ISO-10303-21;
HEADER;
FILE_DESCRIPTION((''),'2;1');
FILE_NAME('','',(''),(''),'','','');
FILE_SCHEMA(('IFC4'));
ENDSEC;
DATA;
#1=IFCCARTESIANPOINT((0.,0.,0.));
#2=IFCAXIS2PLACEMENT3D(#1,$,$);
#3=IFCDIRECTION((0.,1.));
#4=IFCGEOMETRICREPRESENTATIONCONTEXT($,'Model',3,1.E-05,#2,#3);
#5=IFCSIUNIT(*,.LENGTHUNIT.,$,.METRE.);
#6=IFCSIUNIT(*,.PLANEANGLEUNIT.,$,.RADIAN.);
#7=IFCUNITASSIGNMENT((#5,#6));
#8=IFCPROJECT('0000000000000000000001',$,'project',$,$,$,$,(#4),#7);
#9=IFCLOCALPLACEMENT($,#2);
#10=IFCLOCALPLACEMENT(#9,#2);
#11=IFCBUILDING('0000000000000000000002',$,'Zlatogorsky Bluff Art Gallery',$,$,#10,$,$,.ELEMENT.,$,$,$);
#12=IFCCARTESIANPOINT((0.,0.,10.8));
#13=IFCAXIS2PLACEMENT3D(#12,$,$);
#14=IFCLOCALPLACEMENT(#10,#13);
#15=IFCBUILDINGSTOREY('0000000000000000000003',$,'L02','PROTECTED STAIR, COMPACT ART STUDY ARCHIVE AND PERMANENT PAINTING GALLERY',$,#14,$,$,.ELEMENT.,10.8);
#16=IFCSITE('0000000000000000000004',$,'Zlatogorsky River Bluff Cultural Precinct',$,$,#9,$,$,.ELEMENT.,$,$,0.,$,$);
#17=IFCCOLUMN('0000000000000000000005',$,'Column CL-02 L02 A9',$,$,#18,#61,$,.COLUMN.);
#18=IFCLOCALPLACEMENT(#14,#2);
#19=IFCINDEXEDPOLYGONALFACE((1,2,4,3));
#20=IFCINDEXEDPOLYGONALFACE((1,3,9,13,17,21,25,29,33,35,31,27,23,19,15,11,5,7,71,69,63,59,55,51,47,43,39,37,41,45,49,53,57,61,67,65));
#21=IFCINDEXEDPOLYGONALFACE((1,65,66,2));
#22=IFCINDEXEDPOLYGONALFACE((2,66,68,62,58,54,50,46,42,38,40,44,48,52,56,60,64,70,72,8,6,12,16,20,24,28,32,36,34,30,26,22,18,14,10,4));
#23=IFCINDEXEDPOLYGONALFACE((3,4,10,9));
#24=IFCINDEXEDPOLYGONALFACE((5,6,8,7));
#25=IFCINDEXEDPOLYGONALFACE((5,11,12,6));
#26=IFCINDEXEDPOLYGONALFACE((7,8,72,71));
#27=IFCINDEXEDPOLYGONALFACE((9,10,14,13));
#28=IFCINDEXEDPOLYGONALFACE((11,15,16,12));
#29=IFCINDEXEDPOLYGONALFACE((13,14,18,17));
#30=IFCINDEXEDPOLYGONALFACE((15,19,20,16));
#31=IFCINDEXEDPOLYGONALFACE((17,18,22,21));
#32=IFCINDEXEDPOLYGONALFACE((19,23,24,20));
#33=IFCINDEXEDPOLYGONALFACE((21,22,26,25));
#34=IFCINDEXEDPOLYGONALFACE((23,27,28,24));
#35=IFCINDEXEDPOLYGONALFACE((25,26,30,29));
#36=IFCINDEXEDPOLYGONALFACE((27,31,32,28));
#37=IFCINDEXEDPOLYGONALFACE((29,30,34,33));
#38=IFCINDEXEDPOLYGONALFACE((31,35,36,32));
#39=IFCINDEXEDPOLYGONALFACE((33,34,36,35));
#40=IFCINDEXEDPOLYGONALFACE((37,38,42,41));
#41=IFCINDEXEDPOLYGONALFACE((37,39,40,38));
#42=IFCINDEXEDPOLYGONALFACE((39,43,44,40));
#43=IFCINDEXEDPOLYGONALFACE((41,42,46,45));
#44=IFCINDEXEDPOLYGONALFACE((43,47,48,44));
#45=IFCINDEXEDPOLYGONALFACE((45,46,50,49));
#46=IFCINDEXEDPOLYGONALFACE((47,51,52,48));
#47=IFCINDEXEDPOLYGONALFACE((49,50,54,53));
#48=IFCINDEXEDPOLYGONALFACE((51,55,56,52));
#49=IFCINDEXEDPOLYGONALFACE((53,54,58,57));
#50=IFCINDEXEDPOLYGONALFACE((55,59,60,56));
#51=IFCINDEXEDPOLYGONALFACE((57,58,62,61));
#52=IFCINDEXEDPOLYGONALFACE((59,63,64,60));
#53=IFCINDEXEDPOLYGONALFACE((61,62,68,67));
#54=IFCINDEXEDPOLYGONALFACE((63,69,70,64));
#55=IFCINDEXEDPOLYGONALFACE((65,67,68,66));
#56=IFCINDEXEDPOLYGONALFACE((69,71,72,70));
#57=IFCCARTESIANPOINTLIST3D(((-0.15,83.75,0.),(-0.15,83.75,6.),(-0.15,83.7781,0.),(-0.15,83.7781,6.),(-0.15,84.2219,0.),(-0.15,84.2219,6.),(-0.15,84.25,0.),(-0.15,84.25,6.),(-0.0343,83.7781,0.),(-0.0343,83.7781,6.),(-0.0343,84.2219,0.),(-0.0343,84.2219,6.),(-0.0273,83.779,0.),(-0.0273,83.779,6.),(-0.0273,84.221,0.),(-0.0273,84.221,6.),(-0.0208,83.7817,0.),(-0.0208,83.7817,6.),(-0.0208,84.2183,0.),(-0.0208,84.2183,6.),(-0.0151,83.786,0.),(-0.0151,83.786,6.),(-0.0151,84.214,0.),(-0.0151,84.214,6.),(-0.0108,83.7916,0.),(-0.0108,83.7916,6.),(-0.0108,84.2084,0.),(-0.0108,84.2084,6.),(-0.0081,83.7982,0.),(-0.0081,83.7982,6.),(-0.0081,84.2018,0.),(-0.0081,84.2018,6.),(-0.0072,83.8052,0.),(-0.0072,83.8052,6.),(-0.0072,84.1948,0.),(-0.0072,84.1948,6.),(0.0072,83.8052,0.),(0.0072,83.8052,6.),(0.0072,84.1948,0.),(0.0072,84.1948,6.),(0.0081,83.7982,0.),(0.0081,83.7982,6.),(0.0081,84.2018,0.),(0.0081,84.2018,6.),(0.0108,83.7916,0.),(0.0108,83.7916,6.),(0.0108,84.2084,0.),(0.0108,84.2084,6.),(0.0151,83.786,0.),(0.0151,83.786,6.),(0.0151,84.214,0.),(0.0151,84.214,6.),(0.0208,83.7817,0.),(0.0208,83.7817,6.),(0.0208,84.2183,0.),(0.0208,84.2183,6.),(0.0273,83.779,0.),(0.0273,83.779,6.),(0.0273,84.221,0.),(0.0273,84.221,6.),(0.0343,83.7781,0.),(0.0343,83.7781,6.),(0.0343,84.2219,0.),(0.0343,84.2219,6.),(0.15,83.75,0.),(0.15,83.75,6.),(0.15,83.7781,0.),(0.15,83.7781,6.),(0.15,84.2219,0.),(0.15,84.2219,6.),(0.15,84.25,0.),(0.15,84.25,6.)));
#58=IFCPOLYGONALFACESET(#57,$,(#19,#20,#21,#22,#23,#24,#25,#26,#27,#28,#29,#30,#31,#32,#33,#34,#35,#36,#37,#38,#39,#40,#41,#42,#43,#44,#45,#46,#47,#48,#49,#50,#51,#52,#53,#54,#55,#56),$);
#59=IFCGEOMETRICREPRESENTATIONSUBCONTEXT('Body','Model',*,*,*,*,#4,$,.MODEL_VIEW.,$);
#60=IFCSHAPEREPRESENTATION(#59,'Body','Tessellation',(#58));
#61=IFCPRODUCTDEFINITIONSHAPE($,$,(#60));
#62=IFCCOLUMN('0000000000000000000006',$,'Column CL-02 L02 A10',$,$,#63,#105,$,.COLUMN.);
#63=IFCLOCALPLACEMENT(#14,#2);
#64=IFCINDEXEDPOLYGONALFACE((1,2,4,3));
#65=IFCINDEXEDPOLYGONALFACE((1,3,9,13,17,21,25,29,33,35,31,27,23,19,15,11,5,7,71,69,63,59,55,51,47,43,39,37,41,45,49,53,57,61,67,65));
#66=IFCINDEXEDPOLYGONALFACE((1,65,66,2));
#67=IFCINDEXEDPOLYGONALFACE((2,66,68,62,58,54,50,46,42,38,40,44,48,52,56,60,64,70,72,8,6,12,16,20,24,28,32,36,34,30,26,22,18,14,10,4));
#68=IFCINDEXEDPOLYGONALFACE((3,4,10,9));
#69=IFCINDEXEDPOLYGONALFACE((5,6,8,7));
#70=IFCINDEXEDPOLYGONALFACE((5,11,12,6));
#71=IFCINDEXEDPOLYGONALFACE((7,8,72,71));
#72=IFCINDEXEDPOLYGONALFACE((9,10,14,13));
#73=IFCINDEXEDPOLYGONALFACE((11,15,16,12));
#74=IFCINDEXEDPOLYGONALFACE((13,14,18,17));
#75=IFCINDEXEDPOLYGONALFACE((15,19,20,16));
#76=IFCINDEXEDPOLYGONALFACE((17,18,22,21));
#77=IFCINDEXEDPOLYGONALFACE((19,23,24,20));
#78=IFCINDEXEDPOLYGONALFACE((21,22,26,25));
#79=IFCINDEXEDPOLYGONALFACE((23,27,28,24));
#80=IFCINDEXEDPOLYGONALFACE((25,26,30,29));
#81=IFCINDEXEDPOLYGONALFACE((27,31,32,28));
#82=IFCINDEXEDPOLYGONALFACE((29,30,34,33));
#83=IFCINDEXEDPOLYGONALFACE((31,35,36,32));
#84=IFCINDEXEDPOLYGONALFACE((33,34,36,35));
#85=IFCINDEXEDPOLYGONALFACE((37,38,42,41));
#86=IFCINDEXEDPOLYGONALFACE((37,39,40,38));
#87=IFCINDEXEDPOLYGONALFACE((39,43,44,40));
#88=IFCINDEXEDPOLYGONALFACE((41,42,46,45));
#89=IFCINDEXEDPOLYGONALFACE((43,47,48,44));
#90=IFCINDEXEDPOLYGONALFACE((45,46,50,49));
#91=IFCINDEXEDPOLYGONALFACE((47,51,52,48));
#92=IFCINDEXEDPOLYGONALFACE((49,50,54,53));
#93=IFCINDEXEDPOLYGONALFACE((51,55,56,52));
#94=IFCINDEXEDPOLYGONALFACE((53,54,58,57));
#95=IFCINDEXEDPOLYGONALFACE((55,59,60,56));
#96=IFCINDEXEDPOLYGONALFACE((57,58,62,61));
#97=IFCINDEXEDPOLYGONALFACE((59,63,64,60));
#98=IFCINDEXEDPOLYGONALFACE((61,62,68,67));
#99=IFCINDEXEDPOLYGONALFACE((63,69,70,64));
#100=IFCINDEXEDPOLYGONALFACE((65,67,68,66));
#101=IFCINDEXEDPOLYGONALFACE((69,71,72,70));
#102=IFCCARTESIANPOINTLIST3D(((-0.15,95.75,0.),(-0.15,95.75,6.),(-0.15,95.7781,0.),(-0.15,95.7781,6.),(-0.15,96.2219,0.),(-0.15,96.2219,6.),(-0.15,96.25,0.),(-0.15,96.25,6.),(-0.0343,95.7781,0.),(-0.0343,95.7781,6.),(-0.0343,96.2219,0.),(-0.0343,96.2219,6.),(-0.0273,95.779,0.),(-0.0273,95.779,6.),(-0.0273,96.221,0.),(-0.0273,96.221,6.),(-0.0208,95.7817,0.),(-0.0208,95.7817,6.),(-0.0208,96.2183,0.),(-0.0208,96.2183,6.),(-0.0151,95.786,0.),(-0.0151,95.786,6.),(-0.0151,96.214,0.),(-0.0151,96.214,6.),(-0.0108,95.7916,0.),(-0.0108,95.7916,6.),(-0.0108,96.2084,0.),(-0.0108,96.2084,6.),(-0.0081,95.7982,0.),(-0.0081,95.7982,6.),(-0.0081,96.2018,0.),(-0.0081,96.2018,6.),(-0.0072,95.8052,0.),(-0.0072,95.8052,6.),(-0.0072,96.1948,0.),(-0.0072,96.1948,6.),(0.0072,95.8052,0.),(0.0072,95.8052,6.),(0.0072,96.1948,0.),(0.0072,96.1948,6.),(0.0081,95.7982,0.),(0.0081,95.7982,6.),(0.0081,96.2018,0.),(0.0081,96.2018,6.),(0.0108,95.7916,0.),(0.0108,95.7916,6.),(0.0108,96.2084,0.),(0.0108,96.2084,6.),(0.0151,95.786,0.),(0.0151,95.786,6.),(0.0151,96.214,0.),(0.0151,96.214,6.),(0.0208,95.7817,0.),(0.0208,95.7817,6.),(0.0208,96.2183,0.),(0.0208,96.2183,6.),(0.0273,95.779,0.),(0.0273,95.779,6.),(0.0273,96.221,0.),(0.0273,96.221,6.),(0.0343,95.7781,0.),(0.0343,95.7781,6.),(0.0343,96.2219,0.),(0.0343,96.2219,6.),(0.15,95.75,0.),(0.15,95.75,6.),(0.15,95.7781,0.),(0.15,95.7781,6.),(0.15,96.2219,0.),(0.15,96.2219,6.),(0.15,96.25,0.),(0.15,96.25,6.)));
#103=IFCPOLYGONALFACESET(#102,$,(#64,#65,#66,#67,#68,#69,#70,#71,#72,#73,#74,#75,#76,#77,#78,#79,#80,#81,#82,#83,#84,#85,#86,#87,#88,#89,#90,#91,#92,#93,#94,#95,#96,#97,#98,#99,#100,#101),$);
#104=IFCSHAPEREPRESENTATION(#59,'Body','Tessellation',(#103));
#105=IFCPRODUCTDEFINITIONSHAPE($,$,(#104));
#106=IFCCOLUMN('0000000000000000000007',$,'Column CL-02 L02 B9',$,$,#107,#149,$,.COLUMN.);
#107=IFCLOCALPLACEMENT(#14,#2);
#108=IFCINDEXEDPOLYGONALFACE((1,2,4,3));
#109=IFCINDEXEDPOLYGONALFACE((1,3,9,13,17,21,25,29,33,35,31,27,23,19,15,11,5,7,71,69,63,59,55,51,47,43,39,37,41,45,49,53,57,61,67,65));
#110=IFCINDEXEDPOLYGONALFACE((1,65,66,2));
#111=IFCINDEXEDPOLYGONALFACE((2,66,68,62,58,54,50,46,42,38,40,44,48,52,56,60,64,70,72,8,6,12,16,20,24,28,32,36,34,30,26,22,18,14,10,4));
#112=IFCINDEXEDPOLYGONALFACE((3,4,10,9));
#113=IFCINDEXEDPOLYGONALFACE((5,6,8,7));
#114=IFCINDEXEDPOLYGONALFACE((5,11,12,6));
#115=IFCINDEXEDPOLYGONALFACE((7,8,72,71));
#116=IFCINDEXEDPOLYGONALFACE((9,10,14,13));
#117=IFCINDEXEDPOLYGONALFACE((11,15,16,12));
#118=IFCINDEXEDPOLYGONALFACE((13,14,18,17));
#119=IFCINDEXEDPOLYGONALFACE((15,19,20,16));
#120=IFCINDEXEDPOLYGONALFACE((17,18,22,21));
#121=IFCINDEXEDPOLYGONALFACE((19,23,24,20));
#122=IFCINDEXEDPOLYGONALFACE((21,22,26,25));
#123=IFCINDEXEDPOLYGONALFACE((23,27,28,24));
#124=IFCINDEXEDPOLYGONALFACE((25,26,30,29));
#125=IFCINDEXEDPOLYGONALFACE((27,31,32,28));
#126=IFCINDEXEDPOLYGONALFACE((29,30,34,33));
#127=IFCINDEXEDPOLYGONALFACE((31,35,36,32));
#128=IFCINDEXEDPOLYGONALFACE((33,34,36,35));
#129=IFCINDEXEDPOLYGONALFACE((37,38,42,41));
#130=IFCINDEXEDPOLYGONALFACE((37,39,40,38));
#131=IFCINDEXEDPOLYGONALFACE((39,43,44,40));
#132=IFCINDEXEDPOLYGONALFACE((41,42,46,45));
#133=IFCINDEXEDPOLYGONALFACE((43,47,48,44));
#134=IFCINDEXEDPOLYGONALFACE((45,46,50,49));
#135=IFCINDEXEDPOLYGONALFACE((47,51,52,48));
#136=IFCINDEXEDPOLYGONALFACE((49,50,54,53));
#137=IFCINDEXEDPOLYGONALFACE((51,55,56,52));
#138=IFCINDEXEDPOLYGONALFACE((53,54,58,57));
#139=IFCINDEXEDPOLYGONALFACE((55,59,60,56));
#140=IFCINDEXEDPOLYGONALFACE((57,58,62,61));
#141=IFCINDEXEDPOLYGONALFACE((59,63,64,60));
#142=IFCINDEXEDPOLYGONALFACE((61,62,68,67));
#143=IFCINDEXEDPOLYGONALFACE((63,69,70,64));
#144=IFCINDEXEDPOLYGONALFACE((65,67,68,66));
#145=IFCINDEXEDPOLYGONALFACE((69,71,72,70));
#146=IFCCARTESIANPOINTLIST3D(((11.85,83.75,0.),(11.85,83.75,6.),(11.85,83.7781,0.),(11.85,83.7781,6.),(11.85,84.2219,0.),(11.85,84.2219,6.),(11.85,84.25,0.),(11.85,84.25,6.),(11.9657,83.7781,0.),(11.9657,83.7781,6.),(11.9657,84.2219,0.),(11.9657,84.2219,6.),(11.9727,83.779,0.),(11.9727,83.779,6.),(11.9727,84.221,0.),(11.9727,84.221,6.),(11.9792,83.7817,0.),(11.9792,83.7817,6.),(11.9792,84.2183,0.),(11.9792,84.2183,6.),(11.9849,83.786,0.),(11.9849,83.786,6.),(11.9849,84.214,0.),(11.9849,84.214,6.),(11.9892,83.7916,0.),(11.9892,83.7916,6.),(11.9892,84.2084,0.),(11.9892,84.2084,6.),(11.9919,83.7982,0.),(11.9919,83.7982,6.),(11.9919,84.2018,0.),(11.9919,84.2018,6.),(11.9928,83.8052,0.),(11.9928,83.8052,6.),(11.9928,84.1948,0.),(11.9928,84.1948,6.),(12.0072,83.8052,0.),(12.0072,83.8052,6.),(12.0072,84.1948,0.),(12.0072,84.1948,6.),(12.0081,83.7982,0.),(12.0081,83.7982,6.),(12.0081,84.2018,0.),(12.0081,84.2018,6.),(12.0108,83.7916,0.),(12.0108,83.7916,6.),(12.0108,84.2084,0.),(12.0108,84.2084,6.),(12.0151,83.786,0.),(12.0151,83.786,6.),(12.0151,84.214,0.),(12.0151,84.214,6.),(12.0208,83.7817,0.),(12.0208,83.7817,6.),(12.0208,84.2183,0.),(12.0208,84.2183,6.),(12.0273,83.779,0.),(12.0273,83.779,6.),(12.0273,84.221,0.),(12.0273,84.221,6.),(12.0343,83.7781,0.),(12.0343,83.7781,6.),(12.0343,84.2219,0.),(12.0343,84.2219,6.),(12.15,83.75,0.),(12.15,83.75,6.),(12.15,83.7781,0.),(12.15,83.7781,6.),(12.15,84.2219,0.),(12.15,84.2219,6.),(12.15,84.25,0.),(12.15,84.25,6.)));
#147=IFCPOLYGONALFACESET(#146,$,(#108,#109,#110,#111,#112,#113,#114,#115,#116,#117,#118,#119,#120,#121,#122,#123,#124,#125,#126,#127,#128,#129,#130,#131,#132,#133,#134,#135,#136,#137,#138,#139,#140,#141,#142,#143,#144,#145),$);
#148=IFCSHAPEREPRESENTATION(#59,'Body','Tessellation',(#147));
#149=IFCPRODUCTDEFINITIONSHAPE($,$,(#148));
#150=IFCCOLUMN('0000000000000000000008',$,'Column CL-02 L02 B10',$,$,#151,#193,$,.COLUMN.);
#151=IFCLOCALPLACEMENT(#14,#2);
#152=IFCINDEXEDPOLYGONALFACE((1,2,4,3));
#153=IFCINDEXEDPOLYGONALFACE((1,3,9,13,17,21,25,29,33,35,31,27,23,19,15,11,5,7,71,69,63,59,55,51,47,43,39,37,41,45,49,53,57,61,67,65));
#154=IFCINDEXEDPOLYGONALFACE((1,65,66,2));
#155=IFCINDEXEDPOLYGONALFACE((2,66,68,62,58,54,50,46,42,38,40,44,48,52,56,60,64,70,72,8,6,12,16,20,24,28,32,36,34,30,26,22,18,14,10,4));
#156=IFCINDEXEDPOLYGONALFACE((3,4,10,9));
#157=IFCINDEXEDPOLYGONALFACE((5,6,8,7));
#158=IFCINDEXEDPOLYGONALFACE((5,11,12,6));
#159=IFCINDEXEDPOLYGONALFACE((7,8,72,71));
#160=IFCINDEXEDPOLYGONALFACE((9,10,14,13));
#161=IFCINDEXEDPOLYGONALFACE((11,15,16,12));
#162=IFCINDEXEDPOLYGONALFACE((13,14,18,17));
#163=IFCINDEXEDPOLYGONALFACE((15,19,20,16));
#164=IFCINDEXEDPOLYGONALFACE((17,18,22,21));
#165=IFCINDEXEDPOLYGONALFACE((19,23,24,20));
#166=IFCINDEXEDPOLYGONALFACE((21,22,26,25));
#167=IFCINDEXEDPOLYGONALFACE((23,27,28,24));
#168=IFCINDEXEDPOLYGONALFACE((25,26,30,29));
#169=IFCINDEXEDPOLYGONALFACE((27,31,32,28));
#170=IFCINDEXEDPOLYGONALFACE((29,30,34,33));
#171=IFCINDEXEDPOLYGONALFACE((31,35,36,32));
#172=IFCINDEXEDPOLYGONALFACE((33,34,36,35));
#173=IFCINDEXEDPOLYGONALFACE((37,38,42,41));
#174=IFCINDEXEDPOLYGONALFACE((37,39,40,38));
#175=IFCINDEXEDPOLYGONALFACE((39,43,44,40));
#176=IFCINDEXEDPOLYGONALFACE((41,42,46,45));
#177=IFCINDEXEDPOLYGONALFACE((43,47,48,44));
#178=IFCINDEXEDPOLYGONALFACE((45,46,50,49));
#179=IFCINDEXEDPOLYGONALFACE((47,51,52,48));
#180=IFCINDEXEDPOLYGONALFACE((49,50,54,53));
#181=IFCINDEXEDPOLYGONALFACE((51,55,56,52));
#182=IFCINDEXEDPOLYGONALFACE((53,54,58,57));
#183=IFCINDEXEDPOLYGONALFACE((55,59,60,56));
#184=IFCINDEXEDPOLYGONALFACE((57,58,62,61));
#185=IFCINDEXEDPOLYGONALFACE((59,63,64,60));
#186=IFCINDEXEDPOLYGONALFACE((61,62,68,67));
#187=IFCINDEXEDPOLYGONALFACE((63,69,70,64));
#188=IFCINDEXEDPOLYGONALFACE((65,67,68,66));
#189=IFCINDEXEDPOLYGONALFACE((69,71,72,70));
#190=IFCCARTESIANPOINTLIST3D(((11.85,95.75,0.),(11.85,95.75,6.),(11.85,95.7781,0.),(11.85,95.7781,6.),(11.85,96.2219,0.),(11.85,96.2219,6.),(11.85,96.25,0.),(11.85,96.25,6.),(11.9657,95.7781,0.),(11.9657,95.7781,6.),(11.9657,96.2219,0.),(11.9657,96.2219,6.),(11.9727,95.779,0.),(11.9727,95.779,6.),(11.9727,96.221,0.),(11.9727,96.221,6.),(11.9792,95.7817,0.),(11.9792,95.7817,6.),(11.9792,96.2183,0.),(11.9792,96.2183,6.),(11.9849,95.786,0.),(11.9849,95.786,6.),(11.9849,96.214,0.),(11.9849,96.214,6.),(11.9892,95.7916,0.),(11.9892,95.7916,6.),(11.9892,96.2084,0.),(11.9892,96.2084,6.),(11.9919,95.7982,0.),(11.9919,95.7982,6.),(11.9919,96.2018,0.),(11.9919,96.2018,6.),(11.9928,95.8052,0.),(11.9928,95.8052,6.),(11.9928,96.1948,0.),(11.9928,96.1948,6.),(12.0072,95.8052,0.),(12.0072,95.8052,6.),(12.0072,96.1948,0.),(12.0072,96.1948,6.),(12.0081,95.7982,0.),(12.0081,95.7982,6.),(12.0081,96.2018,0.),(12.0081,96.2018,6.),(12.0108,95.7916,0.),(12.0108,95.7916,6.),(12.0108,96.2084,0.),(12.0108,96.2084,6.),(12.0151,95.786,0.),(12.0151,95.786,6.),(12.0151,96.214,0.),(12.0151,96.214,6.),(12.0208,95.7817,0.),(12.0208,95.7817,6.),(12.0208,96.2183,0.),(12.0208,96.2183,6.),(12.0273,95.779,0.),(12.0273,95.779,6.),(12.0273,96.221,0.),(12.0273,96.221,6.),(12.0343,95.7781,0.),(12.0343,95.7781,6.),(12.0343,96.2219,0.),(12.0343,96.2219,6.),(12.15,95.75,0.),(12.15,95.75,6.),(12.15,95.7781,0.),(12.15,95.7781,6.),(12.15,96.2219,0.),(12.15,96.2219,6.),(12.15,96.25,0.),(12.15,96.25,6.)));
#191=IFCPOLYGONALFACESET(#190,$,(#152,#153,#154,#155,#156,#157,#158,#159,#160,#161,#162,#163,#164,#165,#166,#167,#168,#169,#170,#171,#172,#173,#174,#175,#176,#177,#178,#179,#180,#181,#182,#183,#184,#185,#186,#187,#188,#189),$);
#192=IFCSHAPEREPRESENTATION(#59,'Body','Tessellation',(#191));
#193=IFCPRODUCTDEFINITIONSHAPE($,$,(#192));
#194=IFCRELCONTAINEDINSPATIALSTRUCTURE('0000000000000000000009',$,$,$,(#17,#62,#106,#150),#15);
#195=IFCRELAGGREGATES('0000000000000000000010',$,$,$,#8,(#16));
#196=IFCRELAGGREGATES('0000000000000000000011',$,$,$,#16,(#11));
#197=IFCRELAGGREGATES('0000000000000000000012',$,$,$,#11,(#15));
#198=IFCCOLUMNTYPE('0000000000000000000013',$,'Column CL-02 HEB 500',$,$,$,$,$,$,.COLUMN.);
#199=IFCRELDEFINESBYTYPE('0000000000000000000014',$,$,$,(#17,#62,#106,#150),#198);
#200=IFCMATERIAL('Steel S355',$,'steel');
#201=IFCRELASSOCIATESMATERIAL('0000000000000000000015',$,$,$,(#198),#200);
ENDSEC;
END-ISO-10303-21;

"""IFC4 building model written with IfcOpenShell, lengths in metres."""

from ifc_helpers import new_model, si_unit, direction, frame, origin, origin_2d, place, context, subcontext, project, spatial, i_section, extrude, material, material_profile, profile_set, type_object, element, save


model = new_model("IFC4")

# Units and contexts
model_context = context("Model", 3, precision=1e-05, world=origin(), true_north=direction((0.0, 1.0)))
body_context = subcontext(model_context, "Body", "Model", "MODEL_VIEW")
ifc_project = project(units=[si_unit("LENGTHUNIT", "METRE"), si_unit("PLANEANGLEUNIT", "RADIAN")], contexts=[model_context])

# Site, building, storey
site_placement = place(None, origin())
site = spatial("IfcSite", under=ifc_project, at=site_placement, Name="Zlatogorsky River Bluff Cultural Precinct", CompositionType="ELEMENT", RefElevation=0.0)
building_placement = place(site_placement, origin())
building = spatial("IfcBuilding", under=site, at=building_placement, Name="Zlatogorsky Bluff Art Gallery", CompositionType="ELEMENT")
storey_placement = place(building_placement, frame((0.0, 0.0, 10.8)))
storey = spatial("IfcBuildingStorey", under=building, at=storey_placement, Name="L02", Description="PROTECTED STAIR, COMPACT ART STUDY ARCHIVE AND PERMANENT PAINTING GALLERY", CompositionType="ELEMENT", Elevation=10.8)

# Columns
ifc_material_1 = material(Name="Steel S355", Category="steel")
ifc_material_profile_1 = material_profile(ifc_material_1, i_section(OverallWidth=0.3, OverallDepth=0.5, WebThickness=0.0144, FlangeThickness=0.0281, FilletRadius=0.0271, at=origin_2d()), Name="HEB 500")
ifc_profile_set_1 = profile_set([ifc_material_profile_1], Name="Steel S355")
column_type = type_object("IfcColumnType", Name="Column CL-02 HEB 500", PredefinedType="COLUMN", material=ifc_profile_set_1)
for number, where, z_axis, x_axis, name in (
    (1, (0.0, 84.0, 0.0), (0.0, 0.0, 1.0), (1.0, 0.0, 0.0), "Column CL-02 L02 A9"),
    (2, (0.0, 96.0, 0.0), (0.0, 0.0, 1.0), (1.0, 0.0, 0.0), "Column CL-02 L02 A10"),
    (3, (12.0, 84.0, 0.0), (0.0, 0.0, 1.0), (1.0, 0.0, 0.0), "Column CL-02 L02 B9"),
    (4, (12.0, 96.0, 0.0), (0.0, 0.0, 1.0), (1.0, 0.0, 0.0), "Column CL-02 L02 B10"),
):
    element("IfcColumn", number, at=place(storey_placement, frame(where, z_axis=z_axis, x_axis=x_axis)), inside=storey, type_object=column_type, Name=name, PredefinedType="COLUMN", context=body_context, shape_type="SweptSolid", body=[
        extrude(i_section(OverallWidth=0.3, OverallDepth=0.5, WebThickness=0.0144, FlangeThickness=0.0281, FilletRadius=0.0271, at=origin_2d()), origin(), (0.0, 0.0, 1.0), 6.0),
    ])

save(model, "model.ifc")
